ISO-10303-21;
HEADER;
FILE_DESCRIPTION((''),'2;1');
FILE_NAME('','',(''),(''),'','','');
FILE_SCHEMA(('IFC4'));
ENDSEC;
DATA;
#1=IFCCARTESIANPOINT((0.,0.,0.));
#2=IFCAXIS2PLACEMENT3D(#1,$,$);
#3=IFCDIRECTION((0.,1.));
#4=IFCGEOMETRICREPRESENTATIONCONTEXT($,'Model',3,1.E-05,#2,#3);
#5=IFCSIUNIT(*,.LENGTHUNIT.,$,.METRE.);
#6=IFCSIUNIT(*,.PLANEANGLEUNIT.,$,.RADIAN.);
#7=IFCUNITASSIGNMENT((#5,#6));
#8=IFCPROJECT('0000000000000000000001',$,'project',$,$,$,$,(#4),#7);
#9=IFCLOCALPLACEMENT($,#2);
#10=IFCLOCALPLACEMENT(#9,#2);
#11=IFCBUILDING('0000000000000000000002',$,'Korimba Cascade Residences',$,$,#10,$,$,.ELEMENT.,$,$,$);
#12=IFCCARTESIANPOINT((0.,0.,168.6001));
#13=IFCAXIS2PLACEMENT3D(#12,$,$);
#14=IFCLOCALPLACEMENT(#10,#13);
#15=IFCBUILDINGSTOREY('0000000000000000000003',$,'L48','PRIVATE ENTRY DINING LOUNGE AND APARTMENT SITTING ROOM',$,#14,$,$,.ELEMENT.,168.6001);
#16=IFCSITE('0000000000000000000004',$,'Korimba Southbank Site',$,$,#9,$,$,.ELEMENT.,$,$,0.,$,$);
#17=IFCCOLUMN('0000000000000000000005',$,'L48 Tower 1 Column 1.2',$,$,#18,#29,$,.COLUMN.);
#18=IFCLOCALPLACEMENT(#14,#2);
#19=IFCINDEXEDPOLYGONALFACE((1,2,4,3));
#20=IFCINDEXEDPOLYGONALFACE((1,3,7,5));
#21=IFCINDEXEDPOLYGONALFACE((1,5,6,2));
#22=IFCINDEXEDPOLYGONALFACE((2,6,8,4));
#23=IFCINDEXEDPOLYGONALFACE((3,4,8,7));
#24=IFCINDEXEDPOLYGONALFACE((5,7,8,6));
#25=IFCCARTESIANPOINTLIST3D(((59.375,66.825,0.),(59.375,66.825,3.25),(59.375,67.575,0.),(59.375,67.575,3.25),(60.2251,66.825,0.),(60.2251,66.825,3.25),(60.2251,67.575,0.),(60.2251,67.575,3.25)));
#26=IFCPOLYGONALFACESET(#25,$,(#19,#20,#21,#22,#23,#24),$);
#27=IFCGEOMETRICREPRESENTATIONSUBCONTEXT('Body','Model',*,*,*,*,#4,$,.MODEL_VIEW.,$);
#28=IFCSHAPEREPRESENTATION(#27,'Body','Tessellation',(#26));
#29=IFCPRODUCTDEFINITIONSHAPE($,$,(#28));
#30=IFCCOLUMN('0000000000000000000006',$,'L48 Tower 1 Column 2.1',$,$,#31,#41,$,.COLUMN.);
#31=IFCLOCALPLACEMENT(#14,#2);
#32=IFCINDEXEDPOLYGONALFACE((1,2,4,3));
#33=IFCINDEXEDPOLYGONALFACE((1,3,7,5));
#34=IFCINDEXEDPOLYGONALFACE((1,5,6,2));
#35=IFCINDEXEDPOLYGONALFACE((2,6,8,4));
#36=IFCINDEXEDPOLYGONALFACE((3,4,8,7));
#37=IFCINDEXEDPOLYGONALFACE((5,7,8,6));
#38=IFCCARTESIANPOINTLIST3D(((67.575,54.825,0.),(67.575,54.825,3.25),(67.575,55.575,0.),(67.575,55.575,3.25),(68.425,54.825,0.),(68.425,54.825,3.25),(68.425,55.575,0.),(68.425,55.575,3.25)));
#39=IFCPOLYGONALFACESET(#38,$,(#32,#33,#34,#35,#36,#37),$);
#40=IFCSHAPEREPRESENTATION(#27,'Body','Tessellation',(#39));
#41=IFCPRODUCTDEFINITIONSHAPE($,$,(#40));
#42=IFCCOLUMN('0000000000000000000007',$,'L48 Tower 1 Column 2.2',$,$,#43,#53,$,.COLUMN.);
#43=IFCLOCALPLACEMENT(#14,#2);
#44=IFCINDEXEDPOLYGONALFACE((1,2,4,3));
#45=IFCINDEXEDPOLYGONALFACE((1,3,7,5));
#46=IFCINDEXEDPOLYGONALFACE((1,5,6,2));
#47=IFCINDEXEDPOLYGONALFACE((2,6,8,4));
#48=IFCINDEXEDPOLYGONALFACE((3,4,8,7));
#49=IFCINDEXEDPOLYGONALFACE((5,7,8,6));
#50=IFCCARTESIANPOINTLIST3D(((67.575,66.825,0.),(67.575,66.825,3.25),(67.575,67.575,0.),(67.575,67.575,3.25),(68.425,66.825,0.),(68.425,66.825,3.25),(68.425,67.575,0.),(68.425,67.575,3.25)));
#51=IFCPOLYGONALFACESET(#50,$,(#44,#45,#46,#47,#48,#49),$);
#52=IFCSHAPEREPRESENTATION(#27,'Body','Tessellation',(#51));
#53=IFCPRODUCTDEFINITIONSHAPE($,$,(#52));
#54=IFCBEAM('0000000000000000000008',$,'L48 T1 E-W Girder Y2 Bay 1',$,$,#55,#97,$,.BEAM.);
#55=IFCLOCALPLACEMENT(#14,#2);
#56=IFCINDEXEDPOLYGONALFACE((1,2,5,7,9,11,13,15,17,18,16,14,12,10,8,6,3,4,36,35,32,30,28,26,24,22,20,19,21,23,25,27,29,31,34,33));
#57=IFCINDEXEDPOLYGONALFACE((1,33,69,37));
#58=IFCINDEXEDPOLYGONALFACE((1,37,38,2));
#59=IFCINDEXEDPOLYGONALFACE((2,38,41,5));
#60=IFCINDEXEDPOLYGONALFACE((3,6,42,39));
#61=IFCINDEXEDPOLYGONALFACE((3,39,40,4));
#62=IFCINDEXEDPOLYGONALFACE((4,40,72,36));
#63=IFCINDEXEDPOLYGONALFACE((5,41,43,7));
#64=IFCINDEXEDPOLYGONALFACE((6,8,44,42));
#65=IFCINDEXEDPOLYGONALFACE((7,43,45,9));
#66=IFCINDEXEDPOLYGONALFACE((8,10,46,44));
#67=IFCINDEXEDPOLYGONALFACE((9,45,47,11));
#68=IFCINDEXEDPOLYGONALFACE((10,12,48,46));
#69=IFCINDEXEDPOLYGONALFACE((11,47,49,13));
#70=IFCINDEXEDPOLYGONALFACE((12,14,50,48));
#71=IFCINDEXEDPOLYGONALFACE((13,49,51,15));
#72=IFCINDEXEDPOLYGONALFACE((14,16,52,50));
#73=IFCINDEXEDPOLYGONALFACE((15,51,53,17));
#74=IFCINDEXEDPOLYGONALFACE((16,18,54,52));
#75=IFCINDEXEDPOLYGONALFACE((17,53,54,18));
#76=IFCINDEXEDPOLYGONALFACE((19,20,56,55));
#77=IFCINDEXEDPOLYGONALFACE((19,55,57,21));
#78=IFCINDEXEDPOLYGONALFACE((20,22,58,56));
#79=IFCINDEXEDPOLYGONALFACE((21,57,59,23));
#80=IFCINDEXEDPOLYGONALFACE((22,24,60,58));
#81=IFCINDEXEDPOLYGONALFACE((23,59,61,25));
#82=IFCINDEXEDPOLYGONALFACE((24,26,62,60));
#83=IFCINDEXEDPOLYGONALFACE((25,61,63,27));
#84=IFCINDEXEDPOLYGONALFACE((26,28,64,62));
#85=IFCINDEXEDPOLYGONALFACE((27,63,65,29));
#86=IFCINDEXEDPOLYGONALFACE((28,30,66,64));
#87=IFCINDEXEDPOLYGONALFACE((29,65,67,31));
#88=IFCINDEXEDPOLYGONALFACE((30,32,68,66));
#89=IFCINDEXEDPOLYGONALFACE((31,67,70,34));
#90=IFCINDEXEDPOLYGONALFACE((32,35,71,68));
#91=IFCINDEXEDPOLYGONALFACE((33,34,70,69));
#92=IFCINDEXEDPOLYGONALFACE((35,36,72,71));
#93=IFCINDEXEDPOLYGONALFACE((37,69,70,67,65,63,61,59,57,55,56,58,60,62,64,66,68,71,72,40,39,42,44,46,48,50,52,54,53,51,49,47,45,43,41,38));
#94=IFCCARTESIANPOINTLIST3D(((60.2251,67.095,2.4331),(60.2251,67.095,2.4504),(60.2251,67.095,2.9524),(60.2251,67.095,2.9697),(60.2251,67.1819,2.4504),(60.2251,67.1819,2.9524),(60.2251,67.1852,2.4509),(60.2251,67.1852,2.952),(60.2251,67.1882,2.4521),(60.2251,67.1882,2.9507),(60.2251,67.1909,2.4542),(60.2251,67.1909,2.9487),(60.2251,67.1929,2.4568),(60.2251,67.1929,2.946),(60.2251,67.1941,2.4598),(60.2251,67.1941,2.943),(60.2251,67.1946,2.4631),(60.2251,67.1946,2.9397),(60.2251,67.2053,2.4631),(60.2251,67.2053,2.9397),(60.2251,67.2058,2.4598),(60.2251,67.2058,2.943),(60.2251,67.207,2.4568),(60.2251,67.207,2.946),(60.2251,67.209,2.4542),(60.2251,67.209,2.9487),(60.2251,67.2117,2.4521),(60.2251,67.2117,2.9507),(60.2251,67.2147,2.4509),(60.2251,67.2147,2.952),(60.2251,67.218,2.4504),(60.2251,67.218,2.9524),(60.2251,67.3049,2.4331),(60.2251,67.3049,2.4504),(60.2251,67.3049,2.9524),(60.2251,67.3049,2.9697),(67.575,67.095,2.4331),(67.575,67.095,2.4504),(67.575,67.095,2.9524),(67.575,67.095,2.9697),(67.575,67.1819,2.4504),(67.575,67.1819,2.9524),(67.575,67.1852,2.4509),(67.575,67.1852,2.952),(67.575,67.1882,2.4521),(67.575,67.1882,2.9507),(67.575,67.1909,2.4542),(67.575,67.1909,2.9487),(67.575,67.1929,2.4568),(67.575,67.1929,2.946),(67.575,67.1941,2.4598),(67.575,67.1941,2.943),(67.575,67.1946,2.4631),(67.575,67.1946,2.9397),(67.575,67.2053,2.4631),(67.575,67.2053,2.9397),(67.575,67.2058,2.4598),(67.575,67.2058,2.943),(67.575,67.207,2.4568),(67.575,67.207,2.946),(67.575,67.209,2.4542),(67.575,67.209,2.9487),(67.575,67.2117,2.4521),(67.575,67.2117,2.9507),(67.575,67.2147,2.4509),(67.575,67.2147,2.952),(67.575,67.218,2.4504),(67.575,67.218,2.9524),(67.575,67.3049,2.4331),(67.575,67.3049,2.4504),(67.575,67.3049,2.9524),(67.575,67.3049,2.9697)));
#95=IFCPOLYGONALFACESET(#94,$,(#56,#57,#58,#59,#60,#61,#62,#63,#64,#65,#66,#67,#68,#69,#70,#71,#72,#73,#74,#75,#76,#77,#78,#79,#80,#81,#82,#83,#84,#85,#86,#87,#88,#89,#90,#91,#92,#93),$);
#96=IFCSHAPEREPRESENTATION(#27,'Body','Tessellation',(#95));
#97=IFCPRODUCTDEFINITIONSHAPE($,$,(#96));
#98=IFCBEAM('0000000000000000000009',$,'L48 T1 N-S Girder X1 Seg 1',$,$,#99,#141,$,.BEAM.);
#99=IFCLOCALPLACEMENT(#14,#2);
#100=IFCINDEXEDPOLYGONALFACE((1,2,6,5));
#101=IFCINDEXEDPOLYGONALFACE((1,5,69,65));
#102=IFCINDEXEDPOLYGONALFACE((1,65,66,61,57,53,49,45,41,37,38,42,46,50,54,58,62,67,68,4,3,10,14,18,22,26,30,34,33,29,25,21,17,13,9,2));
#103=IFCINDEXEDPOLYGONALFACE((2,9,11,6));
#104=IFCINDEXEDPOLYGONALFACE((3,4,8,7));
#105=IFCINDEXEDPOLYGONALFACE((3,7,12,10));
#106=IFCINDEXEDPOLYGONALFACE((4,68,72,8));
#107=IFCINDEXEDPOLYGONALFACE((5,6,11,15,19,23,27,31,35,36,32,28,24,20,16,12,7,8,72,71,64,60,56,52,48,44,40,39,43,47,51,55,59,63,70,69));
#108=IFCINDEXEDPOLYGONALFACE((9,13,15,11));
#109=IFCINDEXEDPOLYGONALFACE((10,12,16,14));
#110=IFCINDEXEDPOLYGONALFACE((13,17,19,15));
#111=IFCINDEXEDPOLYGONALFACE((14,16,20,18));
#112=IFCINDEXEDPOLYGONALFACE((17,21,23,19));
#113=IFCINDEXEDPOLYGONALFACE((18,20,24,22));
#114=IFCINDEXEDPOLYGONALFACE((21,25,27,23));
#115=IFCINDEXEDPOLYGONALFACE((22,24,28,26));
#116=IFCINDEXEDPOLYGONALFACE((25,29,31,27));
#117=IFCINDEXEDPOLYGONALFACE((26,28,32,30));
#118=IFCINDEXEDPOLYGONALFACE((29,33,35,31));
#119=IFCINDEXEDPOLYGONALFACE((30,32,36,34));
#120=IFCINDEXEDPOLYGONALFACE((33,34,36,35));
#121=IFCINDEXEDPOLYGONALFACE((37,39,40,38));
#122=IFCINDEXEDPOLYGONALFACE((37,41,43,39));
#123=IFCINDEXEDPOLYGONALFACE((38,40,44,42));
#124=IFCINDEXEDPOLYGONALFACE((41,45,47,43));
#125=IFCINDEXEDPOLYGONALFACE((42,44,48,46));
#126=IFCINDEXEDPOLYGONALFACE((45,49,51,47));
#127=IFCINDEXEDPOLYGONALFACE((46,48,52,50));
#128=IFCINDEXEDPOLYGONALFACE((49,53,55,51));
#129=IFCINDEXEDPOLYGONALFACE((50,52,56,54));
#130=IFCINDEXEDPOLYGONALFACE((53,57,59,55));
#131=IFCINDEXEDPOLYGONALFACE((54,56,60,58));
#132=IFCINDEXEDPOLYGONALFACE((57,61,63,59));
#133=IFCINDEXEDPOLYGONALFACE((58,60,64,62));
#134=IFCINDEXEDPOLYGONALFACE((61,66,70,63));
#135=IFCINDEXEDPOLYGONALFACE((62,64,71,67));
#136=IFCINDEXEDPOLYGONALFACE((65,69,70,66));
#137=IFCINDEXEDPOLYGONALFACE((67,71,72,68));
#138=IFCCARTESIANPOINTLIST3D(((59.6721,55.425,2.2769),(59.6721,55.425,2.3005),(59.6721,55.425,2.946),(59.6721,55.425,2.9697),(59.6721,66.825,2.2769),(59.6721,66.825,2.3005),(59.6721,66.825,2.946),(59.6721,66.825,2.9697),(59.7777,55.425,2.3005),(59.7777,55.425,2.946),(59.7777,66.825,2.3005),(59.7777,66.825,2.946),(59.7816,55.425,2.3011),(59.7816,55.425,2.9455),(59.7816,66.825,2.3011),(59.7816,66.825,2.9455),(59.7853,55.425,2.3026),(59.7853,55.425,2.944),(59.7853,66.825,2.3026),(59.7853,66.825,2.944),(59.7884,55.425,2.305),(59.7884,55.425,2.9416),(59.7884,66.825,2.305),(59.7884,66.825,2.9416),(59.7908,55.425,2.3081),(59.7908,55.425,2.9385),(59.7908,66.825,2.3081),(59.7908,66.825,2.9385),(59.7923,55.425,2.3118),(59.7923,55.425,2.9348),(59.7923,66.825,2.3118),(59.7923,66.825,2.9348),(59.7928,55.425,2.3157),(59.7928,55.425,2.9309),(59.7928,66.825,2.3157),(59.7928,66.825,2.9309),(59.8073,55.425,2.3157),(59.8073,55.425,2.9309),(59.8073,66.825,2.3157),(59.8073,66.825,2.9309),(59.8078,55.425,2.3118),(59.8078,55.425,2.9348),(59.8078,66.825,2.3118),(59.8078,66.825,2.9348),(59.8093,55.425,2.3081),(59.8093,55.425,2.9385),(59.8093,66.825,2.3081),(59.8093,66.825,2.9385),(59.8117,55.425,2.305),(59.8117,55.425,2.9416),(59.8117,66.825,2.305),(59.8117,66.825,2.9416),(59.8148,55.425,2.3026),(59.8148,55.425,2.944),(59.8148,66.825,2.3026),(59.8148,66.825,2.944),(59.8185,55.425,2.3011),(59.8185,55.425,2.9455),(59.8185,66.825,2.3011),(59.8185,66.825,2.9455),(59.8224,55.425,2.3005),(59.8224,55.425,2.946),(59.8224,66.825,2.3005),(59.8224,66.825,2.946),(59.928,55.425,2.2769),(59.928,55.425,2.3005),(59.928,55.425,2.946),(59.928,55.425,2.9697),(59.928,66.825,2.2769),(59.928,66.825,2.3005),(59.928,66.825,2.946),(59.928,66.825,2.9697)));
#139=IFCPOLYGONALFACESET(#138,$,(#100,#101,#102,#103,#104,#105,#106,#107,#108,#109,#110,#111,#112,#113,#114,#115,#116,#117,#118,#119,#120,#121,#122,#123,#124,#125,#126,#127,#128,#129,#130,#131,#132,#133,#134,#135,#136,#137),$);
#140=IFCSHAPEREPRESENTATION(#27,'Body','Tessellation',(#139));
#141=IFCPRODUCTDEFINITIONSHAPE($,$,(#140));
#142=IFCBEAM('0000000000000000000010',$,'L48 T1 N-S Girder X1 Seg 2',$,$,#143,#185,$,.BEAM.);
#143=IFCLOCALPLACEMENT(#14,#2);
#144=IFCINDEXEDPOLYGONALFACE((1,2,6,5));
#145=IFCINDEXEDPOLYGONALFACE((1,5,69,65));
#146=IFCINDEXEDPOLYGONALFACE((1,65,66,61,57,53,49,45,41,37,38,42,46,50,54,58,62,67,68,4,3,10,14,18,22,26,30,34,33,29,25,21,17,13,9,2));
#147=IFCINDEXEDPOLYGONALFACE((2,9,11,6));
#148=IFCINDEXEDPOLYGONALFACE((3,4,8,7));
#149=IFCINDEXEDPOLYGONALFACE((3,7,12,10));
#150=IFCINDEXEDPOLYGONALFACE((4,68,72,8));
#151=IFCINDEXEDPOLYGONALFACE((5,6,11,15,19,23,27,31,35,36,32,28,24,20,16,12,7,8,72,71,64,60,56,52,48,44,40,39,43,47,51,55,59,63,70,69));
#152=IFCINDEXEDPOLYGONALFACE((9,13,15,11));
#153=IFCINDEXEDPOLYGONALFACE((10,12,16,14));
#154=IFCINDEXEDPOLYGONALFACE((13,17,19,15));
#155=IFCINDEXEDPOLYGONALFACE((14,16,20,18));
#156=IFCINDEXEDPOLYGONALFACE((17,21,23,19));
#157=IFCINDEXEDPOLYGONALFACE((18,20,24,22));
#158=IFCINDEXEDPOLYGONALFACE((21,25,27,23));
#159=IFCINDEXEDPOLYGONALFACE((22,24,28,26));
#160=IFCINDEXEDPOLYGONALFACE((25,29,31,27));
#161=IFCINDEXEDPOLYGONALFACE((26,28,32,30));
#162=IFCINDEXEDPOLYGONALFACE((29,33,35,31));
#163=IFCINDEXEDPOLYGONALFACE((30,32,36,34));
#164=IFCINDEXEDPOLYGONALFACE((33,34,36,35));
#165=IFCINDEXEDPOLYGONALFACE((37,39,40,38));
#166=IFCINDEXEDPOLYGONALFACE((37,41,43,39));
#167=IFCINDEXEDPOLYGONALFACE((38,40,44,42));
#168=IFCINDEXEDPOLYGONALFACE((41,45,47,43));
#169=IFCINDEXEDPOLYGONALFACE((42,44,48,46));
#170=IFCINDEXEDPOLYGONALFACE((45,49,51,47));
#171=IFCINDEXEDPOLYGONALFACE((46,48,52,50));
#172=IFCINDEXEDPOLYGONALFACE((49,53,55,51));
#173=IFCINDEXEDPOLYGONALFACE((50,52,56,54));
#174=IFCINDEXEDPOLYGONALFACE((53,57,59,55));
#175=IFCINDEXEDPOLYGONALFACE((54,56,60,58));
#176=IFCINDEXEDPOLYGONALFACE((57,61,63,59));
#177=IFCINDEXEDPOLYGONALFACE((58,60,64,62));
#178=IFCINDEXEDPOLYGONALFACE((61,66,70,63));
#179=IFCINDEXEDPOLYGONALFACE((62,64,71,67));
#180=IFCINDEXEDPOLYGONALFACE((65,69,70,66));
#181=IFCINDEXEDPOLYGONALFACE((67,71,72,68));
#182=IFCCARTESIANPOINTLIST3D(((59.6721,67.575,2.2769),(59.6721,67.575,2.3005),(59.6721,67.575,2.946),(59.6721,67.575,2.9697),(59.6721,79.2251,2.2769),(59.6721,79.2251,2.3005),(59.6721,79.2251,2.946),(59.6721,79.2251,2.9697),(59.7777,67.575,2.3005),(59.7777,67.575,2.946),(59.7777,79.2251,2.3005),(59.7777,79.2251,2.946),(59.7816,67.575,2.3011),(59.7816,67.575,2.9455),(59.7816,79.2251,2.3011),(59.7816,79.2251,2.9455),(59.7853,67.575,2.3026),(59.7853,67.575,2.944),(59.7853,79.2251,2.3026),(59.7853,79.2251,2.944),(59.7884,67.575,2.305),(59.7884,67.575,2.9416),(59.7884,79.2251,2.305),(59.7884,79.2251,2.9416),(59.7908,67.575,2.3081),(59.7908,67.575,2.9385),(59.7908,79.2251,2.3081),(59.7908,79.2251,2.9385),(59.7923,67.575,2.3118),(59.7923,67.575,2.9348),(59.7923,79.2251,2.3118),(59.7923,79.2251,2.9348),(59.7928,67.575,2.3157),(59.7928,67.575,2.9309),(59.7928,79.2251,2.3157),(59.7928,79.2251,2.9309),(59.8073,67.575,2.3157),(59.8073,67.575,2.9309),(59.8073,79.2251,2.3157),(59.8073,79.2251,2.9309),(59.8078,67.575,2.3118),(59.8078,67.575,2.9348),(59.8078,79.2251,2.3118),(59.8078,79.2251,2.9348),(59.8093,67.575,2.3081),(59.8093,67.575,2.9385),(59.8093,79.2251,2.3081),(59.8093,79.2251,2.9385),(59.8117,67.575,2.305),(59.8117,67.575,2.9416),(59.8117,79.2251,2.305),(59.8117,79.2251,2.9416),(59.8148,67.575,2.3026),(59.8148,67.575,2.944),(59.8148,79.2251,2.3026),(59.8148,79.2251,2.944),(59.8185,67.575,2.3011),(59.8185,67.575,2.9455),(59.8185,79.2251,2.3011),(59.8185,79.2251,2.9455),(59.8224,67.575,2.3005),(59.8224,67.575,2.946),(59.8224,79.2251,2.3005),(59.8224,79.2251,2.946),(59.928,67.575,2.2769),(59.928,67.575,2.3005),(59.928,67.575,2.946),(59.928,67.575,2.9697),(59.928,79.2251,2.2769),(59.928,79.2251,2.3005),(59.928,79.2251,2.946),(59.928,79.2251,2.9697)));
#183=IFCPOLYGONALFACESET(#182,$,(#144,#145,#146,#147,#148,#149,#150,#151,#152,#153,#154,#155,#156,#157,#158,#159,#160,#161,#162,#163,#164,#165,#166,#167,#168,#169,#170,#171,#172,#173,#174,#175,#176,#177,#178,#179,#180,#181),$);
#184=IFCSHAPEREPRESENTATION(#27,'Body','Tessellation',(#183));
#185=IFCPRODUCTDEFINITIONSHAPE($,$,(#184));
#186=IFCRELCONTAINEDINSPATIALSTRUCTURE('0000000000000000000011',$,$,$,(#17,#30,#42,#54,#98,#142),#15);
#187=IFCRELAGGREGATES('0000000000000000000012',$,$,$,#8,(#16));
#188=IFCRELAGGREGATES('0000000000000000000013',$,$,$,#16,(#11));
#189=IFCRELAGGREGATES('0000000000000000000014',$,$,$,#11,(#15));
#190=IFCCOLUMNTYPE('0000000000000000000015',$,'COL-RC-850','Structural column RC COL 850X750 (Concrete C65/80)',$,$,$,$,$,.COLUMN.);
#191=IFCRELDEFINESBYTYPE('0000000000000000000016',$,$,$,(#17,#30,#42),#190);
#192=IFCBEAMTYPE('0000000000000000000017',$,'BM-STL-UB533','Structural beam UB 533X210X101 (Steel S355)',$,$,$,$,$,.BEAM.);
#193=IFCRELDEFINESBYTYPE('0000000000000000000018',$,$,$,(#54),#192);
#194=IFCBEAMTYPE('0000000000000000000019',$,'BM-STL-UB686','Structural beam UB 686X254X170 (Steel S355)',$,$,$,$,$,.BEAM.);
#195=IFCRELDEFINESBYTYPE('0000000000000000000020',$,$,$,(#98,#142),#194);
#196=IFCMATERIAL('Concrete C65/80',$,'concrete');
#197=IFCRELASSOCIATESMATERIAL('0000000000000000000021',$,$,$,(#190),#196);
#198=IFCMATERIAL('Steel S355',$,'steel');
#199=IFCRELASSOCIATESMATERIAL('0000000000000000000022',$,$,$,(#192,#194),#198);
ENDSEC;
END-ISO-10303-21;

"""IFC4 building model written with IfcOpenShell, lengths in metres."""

from ifc_helpers import new_model, si_unit, direction, frame, origin, origin_2d, place, context, subcontext, project, spatial, rectangle, i_section, extrude, material, material_profile, profile_set, type_object, element, save


model = new_model("IFC4")

# Units and contexts
model_context = context("Model", 3, precision=1e-05, world=origin(), true_north=direction((0.0, 1.0)))
body_context = subcontext(model_context, "Body", "Model", "MODEL_VIEW")
ifc_project = project(units=[si_unit("LENGTHUNIT", "METRE"), si_unit("PLANEANGLEUNIT", "RADIAN")], contexts=[model_context])

# Site, building, storey
site_placement = place(None, origin())
site = spatial("IfcSite", under=ifc_project, at=site_placement, Name="Korimba Southbank Site", CompositionType="ELEMENT", RefElevation=0.0)
building_placement = place(site_placement, origin())
building = spatial("IfcBuilding", under=site, at=building_placement, Name="Korimba Cascade Residences", CompositionType="ELEMENT")
storey_placement = place(building_placement, frame((0.0, 0.0, 168.6001)))
storey = spatial("IfcBuildingStorey", under=building, at=storey_placement, Name="L48", Description="PRIVATE ENTRY DINING LOUNGE AND APARTMENT SITTING ROOM", CompositionType="ELEMENT", Elevation=168.6001)

# Columns
ifc_material_1 = material(Name="Concrete C65/80", Category="concrete")
ifc_material_profile_1 = material_profile(ifc_material_1, rectangle(XDim=0.8501, YDim=0.75, at=origin_2d()), Name="Concrete C65/80")
ifc_profile_set_1 = profile_set([ifc_material_profile_1], Name="Concrete C65/80")
column_type = type_object("IfcColumnType", Name="COL-RC-850", Description="Structural column RC COL 850X750 (Concrete C65/80)", PredefinedType="COLUMN", material=ifc_profile_set_1)
for number, where, z_axis, x_axis, name in (
    (1, (59.8, 67.2, 0.0), (0.0, 0.0, 1.0), (1.0, 0.0, 0.0), "L48 Tower 1 Column 1.2"),
    (2, (68.0, 55.2, 0.0), (0.0, 0.0, 1.0), (1.0, 0.0, 0.0), "L48 Tower 1 Column 2.1"),
    (3, (68.0, 67.2, 0.0), (0.0, 0.0, 1.0), (1.0, 0.0, 0.0), "L48 Tower 1 Column 2.2"),
):
    element("IfcColumn", number, at=place(storey_placement, frame(where, z_axis=z_axis, x_axis=x_axis)), inside=storey, type_object=column_type, Name=name, PredefinedType="COLUMN", context=body_context, shape_type="SweptSolid", body=[
        extrude(rectangle(XDim=0.8501, YDim=0.75, at=origin_2d()), origin(), (0.0, 0.0, 1.0), 3.25),
    ])

# Beams
ifc_material_2 = material(Name="Steel S355", Category="steel")
ifc_material_profile_2 = material_profile(ifc_material_2, i_section(OverallWidth=0.21, OverallDepth=0.5366, WebThickness=0.0107, FlangeThickness=0.0173, FilletRadius=0.0127, at=origin_2d()), Name="Steel S355")
ifc_profile_set_2 = profile_set([ifc_material_profile_2], Name="Steel S355")
beam_type_1 = type_object("IfcBeamType", Name="BM-STL-UB533", Description="Structural beam UB 533X210X101 (Steel S355)", PredefinedType="BEAM", material=ifc_profile_set_2)
beam_1_placement = place(storey_placement, frame((60.2251, 67.2, 2.7014), z_axis=(1.0, 0.0, 0.0), x_axis=(0.0, 1.0, 0.0)))
element("IfcBeam", 4, at=beam_1_placement, inside=storey, type_object=beam_type_1, Name="L48 T1 E-W Girder Y2 Bay 1", PredefinedType="BEAM", context=body_context, shape_type="SweptSolid", body=[
    extrude(i_section(OverallWidth=0.21, OverallDepth=0.5366, WebThickness=0.0107, FlangeThickness=0.0173, FilletRadius=0.0127, at=origin_2d()), origin(), (0.0, 0.0, 1.0), 7.3499),
])
ifc_material_profile_3 = material_profile(ifc_material_2, i_section(OverallWidth=0.2559, OverallDepth=0.6929, WebThickness=0.0144, FlangeThickness=0.0237, FilletRadius=0.0151, at=origin_2d()), Name="Steel S355")
ifc_profile_set_3 = profile_set([ifc_material_profile_3], Name="Steel S355")
beam_type_2 = type_object("IfcBeamType", Name="BM-STL-UB686", Description="Structural beam UB 686X254X170 (Steel S355)", PredefinedType="BEAM", material=ifc_profile_set_3)
beam_2_placement = place(storey_placement, frame((59.8, 55.425, 2.6233), z_axis=(0.0, 1.0, 0.0), x_axis=(-1.0, 0.0, 0.0)))
element("IfcBeam", 5, at=beam_2_placement, inside=storey, type_object=beam_type_2, Name="L48 T1 N-S Girder X1 Seg 1", PredefinedType="BEAM", context=body_context, shape_type="SweptSolid", body=[
    extrude(i_section(OverallWidth=0.2559, OverallDepth=0.6929, WebThickness=0.0144, FlangeThickness=0.0237, FilletRadius=0.0151, at=origin_2d()), origin(), (0.0, 0.0, 1.0), 11.3999),
])
beam_3_placement = place(storey_placement, frame((59.8, 67.575, 2.6233), z_axis=(0.0, 1.0, 0.0), x_axis=(-1.0, 0.0, 0.0)))
element("IfcBeam", 6, at=beam_3_placement, inside=storey, type_object=beam_type_2, Name="L48 T1 N-S Girder X1 Seg 2", PredefinedType="BEAM", context=body_context, shape_type="SweptSolid", body=[
    extrude(i_section(OverallWidth=0.2559, OverallDepth=0.6929, WebThickness=0.0144, FlangeThickness=0.0237, FilletRadius=0.0151, at=origin_2d()), origin(), (0.0, 0.0, 1.0), 11.6501),
])

save(model, "model.ifc")
